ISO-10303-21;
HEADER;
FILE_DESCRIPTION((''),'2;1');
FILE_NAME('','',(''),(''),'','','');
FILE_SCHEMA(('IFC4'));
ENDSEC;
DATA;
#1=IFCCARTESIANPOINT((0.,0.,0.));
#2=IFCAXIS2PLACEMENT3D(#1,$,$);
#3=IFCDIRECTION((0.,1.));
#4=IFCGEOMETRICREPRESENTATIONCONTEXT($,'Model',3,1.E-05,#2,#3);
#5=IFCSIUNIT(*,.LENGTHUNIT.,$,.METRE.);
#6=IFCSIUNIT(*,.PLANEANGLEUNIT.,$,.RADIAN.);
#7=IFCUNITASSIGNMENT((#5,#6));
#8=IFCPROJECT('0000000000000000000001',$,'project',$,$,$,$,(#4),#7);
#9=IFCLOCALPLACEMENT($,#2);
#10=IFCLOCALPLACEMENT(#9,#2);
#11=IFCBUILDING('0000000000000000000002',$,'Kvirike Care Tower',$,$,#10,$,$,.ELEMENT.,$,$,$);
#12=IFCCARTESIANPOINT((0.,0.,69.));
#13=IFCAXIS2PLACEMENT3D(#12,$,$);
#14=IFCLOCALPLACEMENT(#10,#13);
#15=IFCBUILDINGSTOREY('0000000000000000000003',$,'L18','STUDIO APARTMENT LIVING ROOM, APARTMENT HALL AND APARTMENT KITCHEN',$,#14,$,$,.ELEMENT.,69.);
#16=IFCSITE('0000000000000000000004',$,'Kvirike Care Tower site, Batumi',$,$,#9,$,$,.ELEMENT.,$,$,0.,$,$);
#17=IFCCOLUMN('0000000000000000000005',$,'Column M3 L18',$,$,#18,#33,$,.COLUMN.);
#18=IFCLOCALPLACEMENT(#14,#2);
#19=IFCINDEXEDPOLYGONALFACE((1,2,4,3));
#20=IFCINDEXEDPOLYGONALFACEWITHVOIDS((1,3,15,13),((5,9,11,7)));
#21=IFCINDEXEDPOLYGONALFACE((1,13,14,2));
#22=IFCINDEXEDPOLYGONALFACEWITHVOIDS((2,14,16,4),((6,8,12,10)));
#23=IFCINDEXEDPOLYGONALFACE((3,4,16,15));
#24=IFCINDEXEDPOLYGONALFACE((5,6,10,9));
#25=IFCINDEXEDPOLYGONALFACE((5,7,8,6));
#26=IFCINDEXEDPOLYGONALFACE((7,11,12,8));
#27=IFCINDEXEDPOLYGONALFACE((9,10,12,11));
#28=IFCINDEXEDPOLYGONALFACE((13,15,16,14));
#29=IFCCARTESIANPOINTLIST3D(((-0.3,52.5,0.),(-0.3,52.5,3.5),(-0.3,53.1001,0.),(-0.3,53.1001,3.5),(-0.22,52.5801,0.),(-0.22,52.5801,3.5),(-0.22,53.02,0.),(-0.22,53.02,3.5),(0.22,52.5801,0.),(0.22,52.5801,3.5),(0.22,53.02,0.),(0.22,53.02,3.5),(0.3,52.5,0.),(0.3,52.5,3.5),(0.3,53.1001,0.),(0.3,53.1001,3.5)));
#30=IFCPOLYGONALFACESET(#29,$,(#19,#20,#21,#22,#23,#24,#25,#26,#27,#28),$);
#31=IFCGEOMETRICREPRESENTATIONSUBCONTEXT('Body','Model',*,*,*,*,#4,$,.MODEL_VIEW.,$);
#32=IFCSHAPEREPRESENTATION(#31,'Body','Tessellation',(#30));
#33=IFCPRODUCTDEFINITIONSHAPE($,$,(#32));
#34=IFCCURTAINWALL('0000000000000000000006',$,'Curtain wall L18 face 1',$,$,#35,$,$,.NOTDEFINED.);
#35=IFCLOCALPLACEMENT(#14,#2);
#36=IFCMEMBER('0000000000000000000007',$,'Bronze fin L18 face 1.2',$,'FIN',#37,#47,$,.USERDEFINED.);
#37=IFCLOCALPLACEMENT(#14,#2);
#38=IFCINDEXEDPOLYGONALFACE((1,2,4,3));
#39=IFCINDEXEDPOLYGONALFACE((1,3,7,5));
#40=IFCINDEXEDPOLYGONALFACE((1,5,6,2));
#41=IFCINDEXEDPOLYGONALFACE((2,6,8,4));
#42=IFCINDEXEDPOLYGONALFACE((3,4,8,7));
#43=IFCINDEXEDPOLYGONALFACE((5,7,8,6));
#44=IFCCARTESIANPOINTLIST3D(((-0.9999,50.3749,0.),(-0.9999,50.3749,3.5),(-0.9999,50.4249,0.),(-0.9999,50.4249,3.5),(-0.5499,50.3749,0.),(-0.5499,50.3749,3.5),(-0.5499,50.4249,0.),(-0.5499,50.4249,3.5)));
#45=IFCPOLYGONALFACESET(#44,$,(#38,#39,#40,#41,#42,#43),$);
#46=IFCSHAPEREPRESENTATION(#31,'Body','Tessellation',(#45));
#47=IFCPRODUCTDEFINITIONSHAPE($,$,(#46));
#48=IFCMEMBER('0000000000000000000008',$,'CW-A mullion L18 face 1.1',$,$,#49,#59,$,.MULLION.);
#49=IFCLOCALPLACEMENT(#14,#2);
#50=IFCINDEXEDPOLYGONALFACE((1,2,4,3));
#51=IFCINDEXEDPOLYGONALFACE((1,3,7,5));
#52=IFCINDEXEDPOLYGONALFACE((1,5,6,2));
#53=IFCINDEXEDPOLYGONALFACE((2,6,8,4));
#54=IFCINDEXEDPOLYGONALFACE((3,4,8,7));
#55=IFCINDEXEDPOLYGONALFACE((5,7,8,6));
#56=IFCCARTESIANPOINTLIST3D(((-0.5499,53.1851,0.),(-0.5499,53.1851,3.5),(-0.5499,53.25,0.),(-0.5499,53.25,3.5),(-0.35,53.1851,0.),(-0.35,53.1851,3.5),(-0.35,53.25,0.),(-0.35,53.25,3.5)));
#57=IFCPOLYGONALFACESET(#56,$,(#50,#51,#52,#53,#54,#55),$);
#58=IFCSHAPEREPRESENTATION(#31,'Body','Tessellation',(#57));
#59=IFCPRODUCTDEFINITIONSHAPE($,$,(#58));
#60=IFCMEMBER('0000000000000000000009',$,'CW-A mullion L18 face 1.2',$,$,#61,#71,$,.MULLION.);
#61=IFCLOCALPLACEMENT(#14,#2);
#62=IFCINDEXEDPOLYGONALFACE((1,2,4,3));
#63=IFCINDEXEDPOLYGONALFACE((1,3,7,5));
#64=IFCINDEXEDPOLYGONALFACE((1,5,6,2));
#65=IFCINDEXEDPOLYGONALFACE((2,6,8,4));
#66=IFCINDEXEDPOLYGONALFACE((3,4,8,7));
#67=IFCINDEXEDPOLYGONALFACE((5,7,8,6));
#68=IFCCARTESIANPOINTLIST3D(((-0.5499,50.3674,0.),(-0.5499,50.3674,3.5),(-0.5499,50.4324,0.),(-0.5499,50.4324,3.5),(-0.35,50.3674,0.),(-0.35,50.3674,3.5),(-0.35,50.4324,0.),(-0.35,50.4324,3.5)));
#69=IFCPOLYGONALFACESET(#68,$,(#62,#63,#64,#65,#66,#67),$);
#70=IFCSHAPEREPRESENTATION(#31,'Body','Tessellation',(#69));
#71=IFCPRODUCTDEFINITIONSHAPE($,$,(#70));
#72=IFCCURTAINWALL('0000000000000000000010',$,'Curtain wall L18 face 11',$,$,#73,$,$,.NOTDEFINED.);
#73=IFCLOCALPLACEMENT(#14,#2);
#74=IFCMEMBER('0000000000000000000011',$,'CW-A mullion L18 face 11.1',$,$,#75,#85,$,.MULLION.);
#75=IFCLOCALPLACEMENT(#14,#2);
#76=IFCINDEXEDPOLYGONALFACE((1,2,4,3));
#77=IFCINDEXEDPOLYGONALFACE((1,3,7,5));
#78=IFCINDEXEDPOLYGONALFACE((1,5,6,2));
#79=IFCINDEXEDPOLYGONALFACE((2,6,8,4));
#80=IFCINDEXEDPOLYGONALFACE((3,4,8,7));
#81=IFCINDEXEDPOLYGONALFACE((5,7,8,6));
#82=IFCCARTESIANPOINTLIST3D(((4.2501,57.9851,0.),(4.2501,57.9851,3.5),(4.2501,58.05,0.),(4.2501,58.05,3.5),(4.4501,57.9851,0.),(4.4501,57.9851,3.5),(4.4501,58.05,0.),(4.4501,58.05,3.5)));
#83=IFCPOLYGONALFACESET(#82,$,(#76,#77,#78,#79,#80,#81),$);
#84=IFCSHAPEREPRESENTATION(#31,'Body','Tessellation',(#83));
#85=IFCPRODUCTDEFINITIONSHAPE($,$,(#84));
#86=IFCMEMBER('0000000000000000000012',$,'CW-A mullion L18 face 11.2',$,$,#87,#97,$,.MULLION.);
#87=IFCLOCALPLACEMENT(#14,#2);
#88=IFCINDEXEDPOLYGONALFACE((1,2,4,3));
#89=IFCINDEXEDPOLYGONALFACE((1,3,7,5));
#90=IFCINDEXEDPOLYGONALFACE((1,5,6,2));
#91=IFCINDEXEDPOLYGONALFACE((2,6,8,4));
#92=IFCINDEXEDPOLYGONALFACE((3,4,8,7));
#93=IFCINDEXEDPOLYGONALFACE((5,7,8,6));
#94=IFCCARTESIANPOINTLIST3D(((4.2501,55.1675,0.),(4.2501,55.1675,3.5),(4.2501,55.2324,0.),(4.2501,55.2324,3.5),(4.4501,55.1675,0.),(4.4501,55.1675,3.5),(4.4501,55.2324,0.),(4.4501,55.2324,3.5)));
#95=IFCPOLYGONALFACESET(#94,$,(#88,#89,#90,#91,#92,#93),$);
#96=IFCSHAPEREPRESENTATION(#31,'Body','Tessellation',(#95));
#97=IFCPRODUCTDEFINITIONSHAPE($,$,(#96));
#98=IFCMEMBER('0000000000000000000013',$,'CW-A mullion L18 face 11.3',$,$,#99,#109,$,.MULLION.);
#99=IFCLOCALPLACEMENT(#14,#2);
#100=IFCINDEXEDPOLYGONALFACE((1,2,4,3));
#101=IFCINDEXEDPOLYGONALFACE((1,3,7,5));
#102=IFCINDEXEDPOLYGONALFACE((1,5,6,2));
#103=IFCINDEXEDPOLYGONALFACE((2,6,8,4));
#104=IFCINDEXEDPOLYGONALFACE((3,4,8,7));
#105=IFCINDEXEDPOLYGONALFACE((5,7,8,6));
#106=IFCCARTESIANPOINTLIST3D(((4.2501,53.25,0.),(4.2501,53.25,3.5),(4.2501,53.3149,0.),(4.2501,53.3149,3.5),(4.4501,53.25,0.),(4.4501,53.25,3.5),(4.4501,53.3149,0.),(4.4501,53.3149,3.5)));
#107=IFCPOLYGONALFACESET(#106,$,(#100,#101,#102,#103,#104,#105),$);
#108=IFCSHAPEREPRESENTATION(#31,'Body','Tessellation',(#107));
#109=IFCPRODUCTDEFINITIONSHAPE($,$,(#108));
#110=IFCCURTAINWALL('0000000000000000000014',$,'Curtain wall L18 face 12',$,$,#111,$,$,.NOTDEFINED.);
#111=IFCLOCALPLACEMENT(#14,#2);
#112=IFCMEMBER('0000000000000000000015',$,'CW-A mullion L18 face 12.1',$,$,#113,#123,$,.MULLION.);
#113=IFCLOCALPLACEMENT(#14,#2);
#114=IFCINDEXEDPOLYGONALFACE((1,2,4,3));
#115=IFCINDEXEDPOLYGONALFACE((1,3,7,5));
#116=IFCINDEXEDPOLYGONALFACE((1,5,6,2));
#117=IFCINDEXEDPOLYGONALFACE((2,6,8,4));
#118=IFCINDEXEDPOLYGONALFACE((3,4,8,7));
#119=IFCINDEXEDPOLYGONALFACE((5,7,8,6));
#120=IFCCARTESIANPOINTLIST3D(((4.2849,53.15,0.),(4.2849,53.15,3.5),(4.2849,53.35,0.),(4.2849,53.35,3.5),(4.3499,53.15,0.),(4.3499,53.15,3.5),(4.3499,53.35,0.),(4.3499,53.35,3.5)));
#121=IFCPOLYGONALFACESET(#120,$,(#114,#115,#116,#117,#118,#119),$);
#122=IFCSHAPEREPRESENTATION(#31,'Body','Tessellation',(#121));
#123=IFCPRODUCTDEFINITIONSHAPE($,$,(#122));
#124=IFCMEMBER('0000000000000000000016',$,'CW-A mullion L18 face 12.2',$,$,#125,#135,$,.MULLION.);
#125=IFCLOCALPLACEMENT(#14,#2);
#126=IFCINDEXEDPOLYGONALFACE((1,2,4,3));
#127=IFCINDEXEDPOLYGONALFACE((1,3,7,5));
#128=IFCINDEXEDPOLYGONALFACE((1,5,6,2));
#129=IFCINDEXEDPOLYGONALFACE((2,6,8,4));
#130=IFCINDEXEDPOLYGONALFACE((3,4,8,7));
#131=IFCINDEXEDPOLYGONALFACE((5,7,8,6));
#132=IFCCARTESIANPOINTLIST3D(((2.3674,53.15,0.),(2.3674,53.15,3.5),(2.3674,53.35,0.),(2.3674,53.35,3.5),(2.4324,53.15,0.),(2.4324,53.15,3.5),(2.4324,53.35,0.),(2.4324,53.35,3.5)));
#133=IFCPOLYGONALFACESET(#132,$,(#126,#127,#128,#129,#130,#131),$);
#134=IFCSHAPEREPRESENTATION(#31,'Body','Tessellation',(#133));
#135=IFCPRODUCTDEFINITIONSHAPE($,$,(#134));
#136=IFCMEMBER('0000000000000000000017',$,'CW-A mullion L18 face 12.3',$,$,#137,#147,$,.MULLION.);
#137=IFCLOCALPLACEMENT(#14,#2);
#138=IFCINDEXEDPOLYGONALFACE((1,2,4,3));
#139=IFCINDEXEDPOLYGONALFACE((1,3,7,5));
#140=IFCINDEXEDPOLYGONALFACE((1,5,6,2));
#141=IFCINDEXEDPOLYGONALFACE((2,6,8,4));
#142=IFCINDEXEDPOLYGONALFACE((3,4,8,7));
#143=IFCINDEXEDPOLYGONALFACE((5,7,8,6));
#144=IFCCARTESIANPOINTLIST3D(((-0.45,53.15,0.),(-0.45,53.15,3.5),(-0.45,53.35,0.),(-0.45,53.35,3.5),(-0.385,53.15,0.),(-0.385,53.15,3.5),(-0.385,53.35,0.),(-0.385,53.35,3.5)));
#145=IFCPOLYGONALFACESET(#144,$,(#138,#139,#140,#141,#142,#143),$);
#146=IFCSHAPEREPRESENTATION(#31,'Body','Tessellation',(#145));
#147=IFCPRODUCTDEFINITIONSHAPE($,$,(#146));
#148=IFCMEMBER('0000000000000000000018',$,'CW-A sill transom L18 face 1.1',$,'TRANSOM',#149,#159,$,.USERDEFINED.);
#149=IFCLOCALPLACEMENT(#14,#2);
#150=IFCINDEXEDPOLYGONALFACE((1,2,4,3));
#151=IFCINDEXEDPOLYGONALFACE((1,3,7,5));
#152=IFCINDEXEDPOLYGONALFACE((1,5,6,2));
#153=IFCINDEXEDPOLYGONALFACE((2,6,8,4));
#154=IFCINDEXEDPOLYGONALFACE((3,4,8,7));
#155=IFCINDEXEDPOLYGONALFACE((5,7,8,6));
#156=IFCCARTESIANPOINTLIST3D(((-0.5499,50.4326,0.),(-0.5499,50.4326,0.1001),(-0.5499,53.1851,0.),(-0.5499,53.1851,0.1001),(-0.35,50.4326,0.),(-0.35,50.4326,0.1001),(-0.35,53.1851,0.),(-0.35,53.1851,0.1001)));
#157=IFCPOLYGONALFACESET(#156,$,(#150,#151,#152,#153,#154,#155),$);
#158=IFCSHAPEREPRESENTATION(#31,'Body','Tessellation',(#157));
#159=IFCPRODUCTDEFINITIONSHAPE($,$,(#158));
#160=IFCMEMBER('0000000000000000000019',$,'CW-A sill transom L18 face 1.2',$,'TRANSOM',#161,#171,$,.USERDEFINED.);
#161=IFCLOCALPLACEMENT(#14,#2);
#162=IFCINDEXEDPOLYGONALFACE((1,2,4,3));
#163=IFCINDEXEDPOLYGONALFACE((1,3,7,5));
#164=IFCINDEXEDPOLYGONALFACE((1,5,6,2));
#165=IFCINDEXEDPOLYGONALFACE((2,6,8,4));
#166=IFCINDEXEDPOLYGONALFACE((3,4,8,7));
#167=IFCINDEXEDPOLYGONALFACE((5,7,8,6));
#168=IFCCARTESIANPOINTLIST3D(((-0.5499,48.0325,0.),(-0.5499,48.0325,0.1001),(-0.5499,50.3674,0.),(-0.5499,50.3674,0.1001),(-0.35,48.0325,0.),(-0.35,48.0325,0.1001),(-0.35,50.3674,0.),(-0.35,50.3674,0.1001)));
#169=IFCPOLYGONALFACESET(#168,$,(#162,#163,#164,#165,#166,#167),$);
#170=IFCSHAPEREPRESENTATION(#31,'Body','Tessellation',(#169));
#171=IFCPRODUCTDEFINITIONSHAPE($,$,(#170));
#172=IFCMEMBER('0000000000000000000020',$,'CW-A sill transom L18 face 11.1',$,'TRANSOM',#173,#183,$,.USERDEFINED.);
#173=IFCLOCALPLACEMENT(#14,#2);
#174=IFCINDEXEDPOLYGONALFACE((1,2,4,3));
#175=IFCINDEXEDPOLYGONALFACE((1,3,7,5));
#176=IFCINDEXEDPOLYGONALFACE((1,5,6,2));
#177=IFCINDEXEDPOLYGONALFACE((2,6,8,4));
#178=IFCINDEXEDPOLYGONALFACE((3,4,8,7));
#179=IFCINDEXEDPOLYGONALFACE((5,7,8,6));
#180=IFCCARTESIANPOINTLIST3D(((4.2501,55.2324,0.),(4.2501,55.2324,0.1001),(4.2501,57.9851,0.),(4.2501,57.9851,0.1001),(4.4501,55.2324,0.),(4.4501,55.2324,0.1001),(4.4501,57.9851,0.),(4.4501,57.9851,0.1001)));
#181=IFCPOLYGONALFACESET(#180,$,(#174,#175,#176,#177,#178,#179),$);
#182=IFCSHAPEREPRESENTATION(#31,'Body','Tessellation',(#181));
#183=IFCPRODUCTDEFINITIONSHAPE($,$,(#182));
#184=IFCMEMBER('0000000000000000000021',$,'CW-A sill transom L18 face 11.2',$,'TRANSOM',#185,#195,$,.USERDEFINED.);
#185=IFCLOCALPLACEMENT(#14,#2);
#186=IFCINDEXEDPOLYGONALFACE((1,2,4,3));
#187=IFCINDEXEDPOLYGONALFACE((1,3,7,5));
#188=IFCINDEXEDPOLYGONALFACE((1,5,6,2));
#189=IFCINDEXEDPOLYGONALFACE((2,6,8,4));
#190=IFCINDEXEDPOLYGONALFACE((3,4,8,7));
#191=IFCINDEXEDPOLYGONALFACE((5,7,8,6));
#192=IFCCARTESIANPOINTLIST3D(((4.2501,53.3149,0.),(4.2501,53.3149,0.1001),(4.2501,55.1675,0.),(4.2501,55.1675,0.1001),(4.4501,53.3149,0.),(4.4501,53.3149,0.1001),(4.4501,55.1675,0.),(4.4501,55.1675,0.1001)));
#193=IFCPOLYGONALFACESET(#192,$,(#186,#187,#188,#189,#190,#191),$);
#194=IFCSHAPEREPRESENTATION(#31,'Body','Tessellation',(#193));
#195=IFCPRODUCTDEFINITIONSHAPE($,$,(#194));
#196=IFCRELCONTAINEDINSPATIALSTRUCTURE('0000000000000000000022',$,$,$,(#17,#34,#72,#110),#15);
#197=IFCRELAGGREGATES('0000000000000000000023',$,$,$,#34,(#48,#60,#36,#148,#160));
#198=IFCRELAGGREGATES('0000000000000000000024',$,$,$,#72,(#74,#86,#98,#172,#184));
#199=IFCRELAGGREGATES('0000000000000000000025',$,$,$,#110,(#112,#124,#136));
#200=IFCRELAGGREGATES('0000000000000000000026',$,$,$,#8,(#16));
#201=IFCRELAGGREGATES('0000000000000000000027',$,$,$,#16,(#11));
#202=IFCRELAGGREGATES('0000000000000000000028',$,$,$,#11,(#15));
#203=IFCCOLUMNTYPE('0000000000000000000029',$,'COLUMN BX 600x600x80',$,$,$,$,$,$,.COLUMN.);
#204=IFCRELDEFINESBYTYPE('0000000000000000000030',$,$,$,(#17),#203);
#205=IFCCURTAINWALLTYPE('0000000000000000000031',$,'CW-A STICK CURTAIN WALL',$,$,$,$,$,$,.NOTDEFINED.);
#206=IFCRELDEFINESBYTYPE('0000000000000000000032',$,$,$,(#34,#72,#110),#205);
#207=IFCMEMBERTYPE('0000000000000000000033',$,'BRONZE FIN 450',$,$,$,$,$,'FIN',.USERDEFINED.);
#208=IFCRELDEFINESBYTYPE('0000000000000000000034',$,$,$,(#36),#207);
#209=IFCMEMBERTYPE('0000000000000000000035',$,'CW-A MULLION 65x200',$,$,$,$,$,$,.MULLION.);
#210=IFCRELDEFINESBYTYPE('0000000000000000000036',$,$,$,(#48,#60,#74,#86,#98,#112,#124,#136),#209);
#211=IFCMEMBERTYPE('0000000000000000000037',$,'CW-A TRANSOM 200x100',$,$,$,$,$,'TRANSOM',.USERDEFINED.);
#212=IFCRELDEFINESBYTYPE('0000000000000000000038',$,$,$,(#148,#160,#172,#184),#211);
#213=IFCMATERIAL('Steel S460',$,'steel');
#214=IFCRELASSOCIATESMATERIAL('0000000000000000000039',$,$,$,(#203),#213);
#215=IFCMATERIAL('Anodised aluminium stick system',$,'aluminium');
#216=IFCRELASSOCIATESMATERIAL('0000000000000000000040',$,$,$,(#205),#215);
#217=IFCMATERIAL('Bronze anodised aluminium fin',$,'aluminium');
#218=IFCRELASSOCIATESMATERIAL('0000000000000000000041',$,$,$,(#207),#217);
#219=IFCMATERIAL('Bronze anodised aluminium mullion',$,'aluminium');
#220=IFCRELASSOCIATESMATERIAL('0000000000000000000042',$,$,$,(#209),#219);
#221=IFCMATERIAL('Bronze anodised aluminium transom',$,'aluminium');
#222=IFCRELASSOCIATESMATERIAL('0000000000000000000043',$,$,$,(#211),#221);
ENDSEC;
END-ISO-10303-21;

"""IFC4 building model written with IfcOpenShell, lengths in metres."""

from ifc_helpers import new_model, si_unit, direction, frame, origin, origin_2d, place, context, subcontext, project, spatial, rectangle, hollow_rectangle, extrude, material, material_profile, profile_set, type_object, element, aggregate, save


model = new_model("IFC4")

# Units and contexts
model_context = context("Model", 3, precision=1e-05, world=origin(), true_north=direction((0.0, 1.0)))
body_context = subcontext(model_context, "Body", "Model", "MODEL_VIEW")
ifc_project = project(units=[si_unit("LENGTHUNIT", "METRE"), si_unit("PLANEANGLEUNIT", "RADIAN")], contexts=[model_context])

# Site, building, storey
site_placement = place(None, origin())
site = spatial("IfcSite", under=ifc_project, at=site_placement, Name="Kvirike Care Tower site, Batumi", CompositionType="ELEMENT", RefElevation=0.0)
building_placement = place(site_placement, origin())
building = spatial("IfcBuilding", under=site, at=building_placement, Name="Kvirike Care Tower", CompositionType="ELEMENT")
storey_placement = place(building_placement, frame((0.0, 0.0, 69.0)))
storey = spatial("IfcBuildingStorey", under=building, at=storey_placement, Name="L18", Description="STUDIO APARTMENT LIVING ROOM, APARTMENT HALL AND APARTMENT KITCHEN", CompositionType="ELEMENT", Elevation=69.0)

# Column
ifc_material_1 = material(Name="Steel S460", Category="steel")
ifc_material_profile_1 = material_profile(ifc_material_1, hollow_rectangle(XDim=0.6001, YDim=0.6001, WallThickness=0.0801, at=origin_2d()), Name="BX 600x600x80")
ifc_profile_set_1 = profile_set([ifc_material_profile_1], Name="Steel S460")
column_type = type_object("IfcColumnType", Name="COLUMN BX 600x600x80", PredefinedType="COLUMN", material=ifc_profile_set_1)
column_placement = place(storey_placement, frame((0.0, 52.8, 0.0), z_axis=(0.0, 0.0, 1.0), x_axis=(0.0, 1.0, 0.0)))
element("IfcColumn", 1, at=column_placement, inside=storey, type_object=column_type, Name="Column M3 L18", PredefinedType="COLUMN", context=body_context, shape_type="SweptSolid", body=[
    extrude(hollow_rectangle(XDim=0.6001, YDim=0.6001, WallThickness=0.0801, at=origin_2d()), origin(), (0.0, 0.0, 1.0), 3.5),
])

# Curtain walls, members
ifc_material_2 = material(Name="Anodised aluminium stick system", Category="aluminium")
curtain_wall_type = type_object("IfcCurtainWallType", Name="CW-A STICK CURTAIN WALL", PredefinedType="NOTDEFINED", material=ifc_material_2)
curtain_wall_1_placement = place(storey_placement, origin())
curtain_wall_1 = element("IfcCurtainWall", 2, at=curtain_wall_1_placement, inside=storey, type_object=curtain_wall_type, Name="Curtain wall L18 face 1", PredefinedType="NOTDEFINED")
ifc_material_3 = material(Name="Bronze anodised aluminium fin", Category="aluminium")
ifc_material_profile_2 = material_profile(ifc_material_3, rectangle(XDim=0.05, YDim=0.45, at=origin_2d()), Name="BRONZE FIN 450")
ifc_profile_set_2 = profile_set([ifc_material_profile_2], Name="Bronze anodised aluminium fin")
member_type_1 = type_object("IfcMemberType", Name="BRONZE FIN 450", ElementType="FIN", PredefinedType="USERDEFINED", material=ifc_profile_set_2)
member_1_placement = place(storey_placement, frame((-0.7749, 50.3999, 0.0), z_axis=(0.0, 0.0, 1.0), x_axis=(0.0, -1.0, 0.0)))
member_1 = element("IfcMember", 3, at=member_1_placement, type_object=member_type_1, Name="Bronze fin L18 face 1.2", ObjectType="FIN", PredefinedType="USERDEFINED", context=body_context, shape_type="SweptSolid", body=[
    extrude(rectangle(XDim=0.05, YDim=0.45, at=origin_2d()), origin(), (0.0, 0.0, 1.0), 3.5),
])
ifc_material_4 = material(Name="Bronze anodised aluminium mullion", Category="aluminium")
ifc_material_profile_3 = material_profile(ifc_material_4, rectangle(XDim=0.0649, YDim=0.2, at=origin_2d()), Name="CW-A MULLION 65x200")
ifc_profile_set_3 = profile_set([ifc_material_profile_3], Name="Bronze anodised aluminium mullion")
member_type_2 = type_object("IfcMemberType", Name="CW-A MULLION 65x200", PredefinedType="MULLION", material=ifc_profile_set_3)
member_2_placement = place(storey_placement, frame((-0.45, 53.2175, 0.0), z_axis=(0.0, 0.0, 1.0), x_axis=(0.0, -1.0, 0.0)))
member_2 = element("IfcMember", 4, at=member_2_placement, type_object=member_type_2, Name="CW-A mullion L18 face 1.1", PredefinedType="MULLION", context=body_context, shape_type="SweptSolid", body=[
    extrude(rectangle(XDim=0.0649, YDim=0.2, at=origin_2d()), origin(), (0.0, 0.0, 1.0), 3.5),
])
member_3_placement = place(storey_placement, frame((-0.45, 50.3999, 0.0), z_axis=(0.0, 0.0, 1.0), x_axis=(0.0, -1.0, 0.0)))
member_3 = element("IfcMember", 5, at=member_3_placement, type_object=member_type_2, Name="CW-A mullion L18 face 1.2", PredefinedType="MULLION", context=body_context, shape_type="SweptSolid", body=[
    extrude(rectangle(XDim=0.0649, YDim=0.2, at=origin_2d()), origin(), (0.0, 0.0, 1.0), 3.5),
])
curtain_wall_2_placement = place(storey_placement, origin())
curtain_wall_2 = element("IfcCurtainWall", 6, at=curtain_wall_2_placement, inside=storey, type_object=curtain_wall_type, Name="Curtain wall L18 face 11", PredefinedType="NOTDEFINED")
member_4_placement = place(storey_placement, frame((4.3501, 58.0176, 0.0), z_axis=(0.0, 0.0, 1.0), x_axis=(0.0, -1.0, 0.0)))
member_4 = element("IfcMember", 7, at=member_4_placement, type_object=member_type_2, Name="CW-A mullion L18 face 11.1", PredefinedType="MULLION", context=body_context, shape_type="SweptSolid", body=[
    extrude(rectangle(XDim=0.0649, YDim=0.2, at=origin_2d()), origin(), (0.0, 0.0, 1.0), 3.5),
])
member_5_placement = place(storey_placement, frame((4.3501, 55.2, 0.0), z_axis=(0.0, 0.0, 1.0), x_axis=(0.0, -1.0, 0.0)))
member_5 = element("IfcMember", 8, at=member_5_placement, type_object=member_type_2, Name="CW-A mullion L18 face 11.2", PredefinedType="MULLION", context=body_context, shape_type="SweptSolid", body=[
    extrude(rectangle(XDim=0.0649, YDim=0.2, at=origin_2d()), origin(), (0.0, 0.0, 1.0), 3.5),
])
member_6_placement = place(storey_placement, frame((4.3501, 53.2825, 0.0), z_axis=(0.0, 0.0, 1.0), x_axis=(0.0, -1.0, 0.0)))
member_6 = element("IfcMember", 9, at=member_6_placement, type_object=member_type_2, Name="CW-A mullion L18 face 11.3", PredefinedType="MULLION", context=body_context, shape_type="SweptSolid", body=[
    extrude(rectangle(XDim=0.0649, YDim=0.2, at=origin_2d()), origin(), (0.0, 0.0, 1.0), 3.5),
])
curtain_wall_3_placement = place(storey_placement, origin())
curtain_wall_3 = element("IfcCurtainWall", 10, at=curtain_wall_3_placement, inside=storey, type_object=curtain_wall_type, Name="Curtain wall L18 face 12", PredefinedType="NOTDEFINED")
member_7_placement = place(storey_placement, frame((4.3174, 53.25, 0.0), z_axis=(0.0, 0.0, 1.0), x_axis=(-1.0, 0.0, 0.0)))
member_7 = element("IfcMember", 11, at=member_7_placement, type_object=member_type_2, Name="CW-A mullion L18 face 12.1", PredefinedType="MULLION", context=body_context, shape_type="SweptSolid", body=[
    extrude(rectangle(XDim=0.0649, YDim=0.2, at=origin_2d()), origin(), (0.0, 0.0, 1.0), 3.5),
])
member_8_placement = place(storey_placement, frame((2.3999, 53.25, 0.0), z_axis=(0.0, 0.0, 1.0), x_axis=(-1.0, 0.0, 0.0)))
member_8 = element("IfcMember", 12, at=member_8_placement, type_object=member_type_2, Name="CW-A mullion L18 face 12.2", PredefinedType="MULLION", context=body_context, shape_type="SweptSolid", body=[
    extrude(rectangle(XDim=0.0649, YDim=0.2, at=origin_2d()), origin(), (0.0, 0.0, 1.0), 3.5),
])
member_9_placement = place(storey_placement, frame((-0.4175, 53.25, 0.0), z_axis=(0.0, 0.0, 1.0), x_axis=(-1.0, 0.0, 0.0)))
member_9 = element("IfcMember", 13, at=member_9_placement, type_object=member_type_2, Name="CW-A mullion L18 face 12.3", PredefinedType="MULLION", context=body_context, shape_type="SweptSolid", body=[
    extrude(rectangle(XDim=0.0649, YDim=0.2, at=origin_2d()), origin(), (0.0, 0.0, 1.0), 3.5),
])

# Members
ifc_material_5 = material(Name="Bronze anodised aluminium transom", Category="aluminium")
ifc_material_profile_4 = material_profile(ifc_material_5, rectangle(XDim=0.2, YDim=0.1001, at=origin_2d()), Name="CW-A TRANSOM 200x100")
ifc_profile_set_4 = profile_set([ifc_material_profile_4], Name="Bronze anodised aluminium transom")
member_type_3 = type_object("IfcMemberType", Name="CW-A TRANSOM 200x100", ElementType="TRANSOM", PredefinedType="USERDEFINED", material=ifc_profile_set_4)
member_10_placement = place(storey_placement, frame((-0.45, 53.1851, 0.05), z_axis=(0.0, -1.0, 0.0), x_axis=(1.0, 0.0, 0.0)))
member_10 = element("IfcMember", 14, at=member_10_placement, type_object=member_type_3, Name="CW-A sill transom L18 face 1.1", ObjectType="TRANSOM", PredefinedType="USERDEFINED", context=body_context, shape_type="SweptSolid", body=[
    extrude(rectangle(XDim=0.2, YDim=0.1001, at=origin_2d()), origin(), (0.0, 0.0, 1.0), 2.7524),
])
member_11_placement = place(storey_placement, frame((-0.45, 50.3674, 0.05), z_axis=(0.0, -1.0, 0.0), x_axis=(1.0, 0.0, 0.0)))
member_11 = element("IfcMember", 15, at=member_11_placement, type_object=member_type_3, Name="CW-A sill transom L18 face 1.2", ObjectType="TRANSOM", PredefinedType="USERDEFINED", context=body_context, shape_type="SweptSolid", body=[
    extrude(rectangle(XDim=0.2, YDim=0.1001, at=origin_2d()), origin(), (0.0, 0.0, 1.0), 2.335),
])
member_12_placement = place(storey_placement, frame((4.3501, 57.9851, 0.05), z_axis=(0.0, -1.0, 0.0), x_axis=(1.0, 0.0, 0.0)))
member_12 = element("IfcMember", 16, at=member_12_placement, type_object=member_type_3, Name="CW-A sill transom L18 face 11.1", ObjectType="TRANSOM", PredefinedType="USERDEFINED", context=body_context, shape_type="SweptSolid", body=[
    extrude(rectangle(XDim=0.2, YDim=0.1001, at=origin_2d()), origin(), (0.0, 0.0, 1.0), 2.7527),
])
member_13_placement = place(storey_placement, frame((4.3501, 55.1675, 0.05), z_axis=(0.0, -1.0, 0.0), x_axis=(1.0, 0.0, 0.0)))
member_13 = element("IfcMember", 17, at=member_13_placement, type_object=member_type_3, Name="CW-A sill transom L18 face 11.2", ObjectType="TRANSOM", PredefinedType="USERDEFINED", context=body_context, shape_type="SweptSolid", body=[
    extrude(rectangle(XDim=0.2, YDim=0.1001, at=origin_2d()), origin(), (0.0, 0.0, 1.0), 1.8525),
])

aggregate(curtain_wall_1, [member_2, member_3, member_1, member_10, member_11])
aggregate(curtain_wall_2, [member_4, member_5, member_6, member_12, member_13])
aggregate(curtain_wall_3, [member_7, member_8, member_9])

save(model, "model.ifc")
